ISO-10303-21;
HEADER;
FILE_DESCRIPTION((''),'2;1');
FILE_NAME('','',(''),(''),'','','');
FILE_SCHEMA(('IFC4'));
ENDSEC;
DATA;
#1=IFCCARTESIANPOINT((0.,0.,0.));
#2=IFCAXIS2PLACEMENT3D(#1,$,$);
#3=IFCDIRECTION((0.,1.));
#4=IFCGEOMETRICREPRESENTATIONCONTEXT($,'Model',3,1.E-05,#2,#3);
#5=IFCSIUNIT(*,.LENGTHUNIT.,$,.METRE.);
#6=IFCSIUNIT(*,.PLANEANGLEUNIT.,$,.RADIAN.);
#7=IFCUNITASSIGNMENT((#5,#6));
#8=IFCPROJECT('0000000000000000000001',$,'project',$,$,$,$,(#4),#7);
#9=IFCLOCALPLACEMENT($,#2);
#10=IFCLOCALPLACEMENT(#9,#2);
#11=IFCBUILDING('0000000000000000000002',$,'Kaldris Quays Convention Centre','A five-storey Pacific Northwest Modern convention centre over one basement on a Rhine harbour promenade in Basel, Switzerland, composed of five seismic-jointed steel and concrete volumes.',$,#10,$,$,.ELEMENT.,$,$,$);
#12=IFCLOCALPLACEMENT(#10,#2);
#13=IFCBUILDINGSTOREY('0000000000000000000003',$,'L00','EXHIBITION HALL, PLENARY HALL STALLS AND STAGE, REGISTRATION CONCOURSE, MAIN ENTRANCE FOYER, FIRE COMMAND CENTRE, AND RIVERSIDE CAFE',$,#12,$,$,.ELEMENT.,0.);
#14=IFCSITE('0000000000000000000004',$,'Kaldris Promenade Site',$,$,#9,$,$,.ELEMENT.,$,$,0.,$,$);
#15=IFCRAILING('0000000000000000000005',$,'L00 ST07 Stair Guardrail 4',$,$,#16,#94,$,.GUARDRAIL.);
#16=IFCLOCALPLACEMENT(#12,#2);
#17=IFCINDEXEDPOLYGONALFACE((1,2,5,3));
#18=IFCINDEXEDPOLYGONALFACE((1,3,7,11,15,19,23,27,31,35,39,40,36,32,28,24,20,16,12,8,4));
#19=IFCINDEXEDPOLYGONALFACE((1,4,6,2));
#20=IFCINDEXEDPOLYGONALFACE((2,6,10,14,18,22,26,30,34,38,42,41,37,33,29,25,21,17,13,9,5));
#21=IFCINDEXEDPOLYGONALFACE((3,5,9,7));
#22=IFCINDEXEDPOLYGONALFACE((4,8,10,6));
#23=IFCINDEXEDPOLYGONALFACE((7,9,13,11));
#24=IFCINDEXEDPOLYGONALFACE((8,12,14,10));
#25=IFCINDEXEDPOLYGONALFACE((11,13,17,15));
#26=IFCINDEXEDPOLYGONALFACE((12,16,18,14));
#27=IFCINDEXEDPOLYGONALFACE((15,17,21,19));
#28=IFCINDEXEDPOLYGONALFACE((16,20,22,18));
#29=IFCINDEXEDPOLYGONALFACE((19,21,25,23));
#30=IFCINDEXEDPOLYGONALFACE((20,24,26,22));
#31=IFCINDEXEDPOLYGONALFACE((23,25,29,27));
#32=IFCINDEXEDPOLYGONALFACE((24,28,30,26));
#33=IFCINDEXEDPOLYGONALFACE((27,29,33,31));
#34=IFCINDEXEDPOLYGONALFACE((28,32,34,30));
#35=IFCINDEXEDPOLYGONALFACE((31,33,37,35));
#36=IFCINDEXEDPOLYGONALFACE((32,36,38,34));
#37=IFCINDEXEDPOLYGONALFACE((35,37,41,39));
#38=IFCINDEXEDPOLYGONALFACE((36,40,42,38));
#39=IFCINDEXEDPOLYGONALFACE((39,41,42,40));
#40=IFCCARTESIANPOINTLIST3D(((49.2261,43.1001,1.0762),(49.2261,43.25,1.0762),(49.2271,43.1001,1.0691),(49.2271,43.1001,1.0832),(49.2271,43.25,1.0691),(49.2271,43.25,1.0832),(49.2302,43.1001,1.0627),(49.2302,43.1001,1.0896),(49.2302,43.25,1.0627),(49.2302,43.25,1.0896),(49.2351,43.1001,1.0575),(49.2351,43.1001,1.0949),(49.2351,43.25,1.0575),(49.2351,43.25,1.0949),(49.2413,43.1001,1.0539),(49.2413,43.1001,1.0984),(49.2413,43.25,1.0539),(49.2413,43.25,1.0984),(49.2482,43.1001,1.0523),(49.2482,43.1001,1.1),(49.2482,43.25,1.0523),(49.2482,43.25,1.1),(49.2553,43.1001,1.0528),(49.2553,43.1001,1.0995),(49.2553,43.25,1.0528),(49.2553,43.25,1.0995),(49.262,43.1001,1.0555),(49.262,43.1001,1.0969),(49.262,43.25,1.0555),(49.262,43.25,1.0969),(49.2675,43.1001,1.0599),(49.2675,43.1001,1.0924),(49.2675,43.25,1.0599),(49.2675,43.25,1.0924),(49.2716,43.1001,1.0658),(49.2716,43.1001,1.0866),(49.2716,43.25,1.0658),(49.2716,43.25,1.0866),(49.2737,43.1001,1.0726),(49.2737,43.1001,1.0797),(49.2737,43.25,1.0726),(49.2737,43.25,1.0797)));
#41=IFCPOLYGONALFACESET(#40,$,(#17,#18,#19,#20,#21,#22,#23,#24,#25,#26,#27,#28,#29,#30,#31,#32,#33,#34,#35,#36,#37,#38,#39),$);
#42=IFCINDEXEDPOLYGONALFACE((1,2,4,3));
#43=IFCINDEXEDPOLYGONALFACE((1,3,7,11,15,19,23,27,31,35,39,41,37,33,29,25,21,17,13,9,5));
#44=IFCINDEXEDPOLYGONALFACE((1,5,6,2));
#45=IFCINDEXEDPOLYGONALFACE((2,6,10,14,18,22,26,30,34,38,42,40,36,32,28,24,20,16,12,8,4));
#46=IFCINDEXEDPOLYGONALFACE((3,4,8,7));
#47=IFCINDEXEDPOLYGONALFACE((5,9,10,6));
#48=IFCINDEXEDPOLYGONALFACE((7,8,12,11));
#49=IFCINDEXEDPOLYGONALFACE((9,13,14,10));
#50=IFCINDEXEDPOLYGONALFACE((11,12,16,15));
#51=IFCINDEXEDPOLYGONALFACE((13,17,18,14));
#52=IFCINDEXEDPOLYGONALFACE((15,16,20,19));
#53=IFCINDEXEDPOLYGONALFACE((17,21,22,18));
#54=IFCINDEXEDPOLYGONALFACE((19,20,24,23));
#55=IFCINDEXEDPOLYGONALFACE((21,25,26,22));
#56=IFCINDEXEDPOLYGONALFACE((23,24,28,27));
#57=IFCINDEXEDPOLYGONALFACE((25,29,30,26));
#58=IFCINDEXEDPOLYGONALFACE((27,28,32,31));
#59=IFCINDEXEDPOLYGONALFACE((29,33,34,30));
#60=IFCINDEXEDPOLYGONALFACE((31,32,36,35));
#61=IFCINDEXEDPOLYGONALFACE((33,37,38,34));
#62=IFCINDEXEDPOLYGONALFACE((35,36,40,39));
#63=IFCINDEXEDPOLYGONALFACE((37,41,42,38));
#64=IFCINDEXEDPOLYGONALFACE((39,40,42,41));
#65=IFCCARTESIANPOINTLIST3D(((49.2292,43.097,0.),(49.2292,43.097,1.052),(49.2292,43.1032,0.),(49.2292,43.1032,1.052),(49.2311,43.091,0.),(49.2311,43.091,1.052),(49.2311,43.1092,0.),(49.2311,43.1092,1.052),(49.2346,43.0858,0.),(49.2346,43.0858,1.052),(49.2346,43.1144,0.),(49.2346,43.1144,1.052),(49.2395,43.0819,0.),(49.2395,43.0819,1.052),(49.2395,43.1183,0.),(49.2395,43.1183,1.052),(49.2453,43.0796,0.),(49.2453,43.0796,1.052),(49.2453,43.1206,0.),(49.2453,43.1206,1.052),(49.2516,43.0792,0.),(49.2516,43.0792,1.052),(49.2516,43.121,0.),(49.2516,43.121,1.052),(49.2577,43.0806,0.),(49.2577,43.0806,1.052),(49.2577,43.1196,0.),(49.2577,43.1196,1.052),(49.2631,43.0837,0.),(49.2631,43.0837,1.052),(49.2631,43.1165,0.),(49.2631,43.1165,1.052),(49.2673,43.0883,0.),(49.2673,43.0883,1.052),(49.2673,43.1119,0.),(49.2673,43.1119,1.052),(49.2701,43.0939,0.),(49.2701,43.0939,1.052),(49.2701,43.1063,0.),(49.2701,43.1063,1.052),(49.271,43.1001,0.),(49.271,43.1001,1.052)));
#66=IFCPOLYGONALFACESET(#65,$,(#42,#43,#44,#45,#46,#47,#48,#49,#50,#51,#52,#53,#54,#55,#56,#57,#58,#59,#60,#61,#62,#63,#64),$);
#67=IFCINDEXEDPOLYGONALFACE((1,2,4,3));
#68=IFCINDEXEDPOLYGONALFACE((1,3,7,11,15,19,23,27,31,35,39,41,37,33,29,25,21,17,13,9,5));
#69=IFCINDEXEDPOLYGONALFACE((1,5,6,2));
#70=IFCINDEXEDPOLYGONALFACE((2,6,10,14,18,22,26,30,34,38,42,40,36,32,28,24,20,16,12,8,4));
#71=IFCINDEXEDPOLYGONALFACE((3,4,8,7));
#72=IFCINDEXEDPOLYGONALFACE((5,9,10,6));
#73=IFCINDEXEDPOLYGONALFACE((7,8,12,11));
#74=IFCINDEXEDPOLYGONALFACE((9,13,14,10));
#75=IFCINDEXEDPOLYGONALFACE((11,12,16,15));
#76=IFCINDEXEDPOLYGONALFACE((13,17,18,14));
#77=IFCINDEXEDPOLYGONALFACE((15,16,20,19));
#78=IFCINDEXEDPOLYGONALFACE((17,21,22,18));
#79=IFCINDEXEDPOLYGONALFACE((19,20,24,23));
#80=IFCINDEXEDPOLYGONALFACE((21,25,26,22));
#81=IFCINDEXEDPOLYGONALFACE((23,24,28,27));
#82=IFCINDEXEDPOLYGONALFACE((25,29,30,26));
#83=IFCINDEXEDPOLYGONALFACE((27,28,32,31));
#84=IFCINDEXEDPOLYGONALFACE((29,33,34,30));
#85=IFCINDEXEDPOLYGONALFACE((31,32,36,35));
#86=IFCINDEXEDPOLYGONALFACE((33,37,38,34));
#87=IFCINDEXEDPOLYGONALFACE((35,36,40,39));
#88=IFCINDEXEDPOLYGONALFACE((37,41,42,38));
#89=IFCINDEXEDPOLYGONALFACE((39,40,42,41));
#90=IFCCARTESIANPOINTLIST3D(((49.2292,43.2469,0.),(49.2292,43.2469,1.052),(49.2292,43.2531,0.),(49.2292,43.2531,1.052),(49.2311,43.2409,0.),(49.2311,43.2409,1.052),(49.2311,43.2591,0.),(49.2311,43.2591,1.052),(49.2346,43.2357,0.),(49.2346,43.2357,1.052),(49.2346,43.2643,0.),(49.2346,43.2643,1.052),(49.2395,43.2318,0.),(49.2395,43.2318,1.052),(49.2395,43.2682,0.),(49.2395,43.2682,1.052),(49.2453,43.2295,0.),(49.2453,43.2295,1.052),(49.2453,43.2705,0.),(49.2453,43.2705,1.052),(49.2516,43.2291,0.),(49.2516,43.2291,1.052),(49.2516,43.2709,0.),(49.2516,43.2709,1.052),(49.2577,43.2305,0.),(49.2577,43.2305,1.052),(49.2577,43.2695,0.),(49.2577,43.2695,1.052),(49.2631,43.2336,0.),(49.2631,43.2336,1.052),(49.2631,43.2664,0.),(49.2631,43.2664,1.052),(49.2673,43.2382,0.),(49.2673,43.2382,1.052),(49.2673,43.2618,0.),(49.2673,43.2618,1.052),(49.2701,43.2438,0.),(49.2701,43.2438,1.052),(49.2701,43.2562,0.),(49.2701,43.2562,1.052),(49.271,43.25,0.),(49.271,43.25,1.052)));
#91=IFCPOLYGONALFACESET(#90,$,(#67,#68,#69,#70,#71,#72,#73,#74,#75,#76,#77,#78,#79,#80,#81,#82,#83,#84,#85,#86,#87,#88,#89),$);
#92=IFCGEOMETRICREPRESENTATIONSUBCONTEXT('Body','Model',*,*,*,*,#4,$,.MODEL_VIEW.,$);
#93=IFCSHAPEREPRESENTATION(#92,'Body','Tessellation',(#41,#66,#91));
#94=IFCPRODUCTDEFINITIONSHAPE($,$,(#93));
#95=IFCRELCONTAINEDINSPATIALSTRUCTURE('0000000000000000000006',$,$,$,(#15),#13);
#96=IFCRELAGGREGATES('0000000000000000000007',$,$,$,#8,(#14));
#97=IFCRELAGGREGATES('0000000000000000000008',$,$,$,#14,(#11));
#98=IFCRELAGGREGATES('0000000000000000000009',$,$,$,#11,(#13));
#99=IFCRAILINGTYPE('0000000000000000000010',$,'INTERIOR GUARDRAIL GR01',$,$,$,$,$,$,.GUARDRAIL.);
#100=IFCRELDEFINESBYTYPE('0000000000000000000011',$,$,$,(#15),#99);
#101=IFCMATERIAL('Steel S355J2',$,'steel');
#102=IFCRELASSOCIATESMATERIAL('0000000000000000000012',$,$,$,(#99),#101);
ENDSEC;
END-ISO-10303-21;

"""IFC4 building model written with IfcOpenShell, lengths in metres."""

from ifc_helpers import new_model, si_unit, direction, frame, origin, origin_2d, place, context, subcontext, project, spatial, circle, extrude, material, type_object, element, save


model = new_model("IFC4")

# Units and contexts
model_context = context("Model", 3, precision=1e-05, world=origin(), true_north=direction((0.0, 1.0)))
body_context = subcontext(model_context, "Body", "Model", "MODEL_VIEW")
ifc_project = project(units=[si_unit("LENGTHUNIT", "METRE"), si_unit("PLANEANGLEUNIT", "RADIAN")], contexts=[model_context])

# Site, building, storey
site_placement = place(None, origin())
site = spatial("IfcSite", under=ifc_project, at=site_placement, Name="Kaldris Promenade Site", CompositionType="ELEMENT", RefElevation=0.0)
building_placement = place(site_placement, origin())
building = spatial("IfcBuilding", under=site, at=building_placement, Name="Kaldris Quays Convention Centre", Description="A five-storey Pacific Northwest Modern convention centre over one basement on a Rhine harbour promenade in Basel, Switzerland, composed of five seismic-jointed steel and concrete volumes.", CompositionType="ELEMENT")
storey_placement = place(building_placement, origin())
storey = spatial("IfcBuildingStorey", under=building, at=storey_placement, Name="L00", Description="EXHIBITION HALL, PLENARY HALL STALLS AND STAGE, REGISTRATION CONCOURSE, MAIN ENTRANCE FOYER, FIRE COMMAND CENTRE, AND RIVERSIDE CAFE", CompositionType="ELEMENT", Elevation=0.0)

# Shared definitions
ifc_material_1 = material(Name="Steel S355J2", Category="steel")

# Railing
railing_type_1 = type_object("IfcRailingType", Name="INTERIOR GUARDRAIL GR01", PredefinedType="GUARDRAIL", material=ifc_material_1)
railing_1_placement = place(storey_placement, frame((49.25, 43.1001, 0.0)))
element("IfcRailing", 1, at=railing_1_placement, inside=storey, type_object=railing_type_1, Name="L00 ST07 Stair Guardrail 4", PredefinedType="GUARDRAIL", context=body_context, shape_type="SweptSolid", body=[
    extrude(circle(Radius=0.0239, at=origin_2d()), frame((0.0, 0.0, 1.0762), z_axis=(0.0, 1.0, 0.0), x_axis=(-1.0, 0.0, 0.0)), (0.0, 0.0, 1.0), 0.1499),
    extrude(circle(Radius=0.021, at=origin_2d()), origin(), (0.0, 0.0, 1.0), 1.052),
    extrude(circle(Radius=0.021, at=origin_2d()), frame((0.0, 0.1499, 0.0)), (0.0, 0.0, 1.0), 1.052),
])

save(model, "model.ifc")
